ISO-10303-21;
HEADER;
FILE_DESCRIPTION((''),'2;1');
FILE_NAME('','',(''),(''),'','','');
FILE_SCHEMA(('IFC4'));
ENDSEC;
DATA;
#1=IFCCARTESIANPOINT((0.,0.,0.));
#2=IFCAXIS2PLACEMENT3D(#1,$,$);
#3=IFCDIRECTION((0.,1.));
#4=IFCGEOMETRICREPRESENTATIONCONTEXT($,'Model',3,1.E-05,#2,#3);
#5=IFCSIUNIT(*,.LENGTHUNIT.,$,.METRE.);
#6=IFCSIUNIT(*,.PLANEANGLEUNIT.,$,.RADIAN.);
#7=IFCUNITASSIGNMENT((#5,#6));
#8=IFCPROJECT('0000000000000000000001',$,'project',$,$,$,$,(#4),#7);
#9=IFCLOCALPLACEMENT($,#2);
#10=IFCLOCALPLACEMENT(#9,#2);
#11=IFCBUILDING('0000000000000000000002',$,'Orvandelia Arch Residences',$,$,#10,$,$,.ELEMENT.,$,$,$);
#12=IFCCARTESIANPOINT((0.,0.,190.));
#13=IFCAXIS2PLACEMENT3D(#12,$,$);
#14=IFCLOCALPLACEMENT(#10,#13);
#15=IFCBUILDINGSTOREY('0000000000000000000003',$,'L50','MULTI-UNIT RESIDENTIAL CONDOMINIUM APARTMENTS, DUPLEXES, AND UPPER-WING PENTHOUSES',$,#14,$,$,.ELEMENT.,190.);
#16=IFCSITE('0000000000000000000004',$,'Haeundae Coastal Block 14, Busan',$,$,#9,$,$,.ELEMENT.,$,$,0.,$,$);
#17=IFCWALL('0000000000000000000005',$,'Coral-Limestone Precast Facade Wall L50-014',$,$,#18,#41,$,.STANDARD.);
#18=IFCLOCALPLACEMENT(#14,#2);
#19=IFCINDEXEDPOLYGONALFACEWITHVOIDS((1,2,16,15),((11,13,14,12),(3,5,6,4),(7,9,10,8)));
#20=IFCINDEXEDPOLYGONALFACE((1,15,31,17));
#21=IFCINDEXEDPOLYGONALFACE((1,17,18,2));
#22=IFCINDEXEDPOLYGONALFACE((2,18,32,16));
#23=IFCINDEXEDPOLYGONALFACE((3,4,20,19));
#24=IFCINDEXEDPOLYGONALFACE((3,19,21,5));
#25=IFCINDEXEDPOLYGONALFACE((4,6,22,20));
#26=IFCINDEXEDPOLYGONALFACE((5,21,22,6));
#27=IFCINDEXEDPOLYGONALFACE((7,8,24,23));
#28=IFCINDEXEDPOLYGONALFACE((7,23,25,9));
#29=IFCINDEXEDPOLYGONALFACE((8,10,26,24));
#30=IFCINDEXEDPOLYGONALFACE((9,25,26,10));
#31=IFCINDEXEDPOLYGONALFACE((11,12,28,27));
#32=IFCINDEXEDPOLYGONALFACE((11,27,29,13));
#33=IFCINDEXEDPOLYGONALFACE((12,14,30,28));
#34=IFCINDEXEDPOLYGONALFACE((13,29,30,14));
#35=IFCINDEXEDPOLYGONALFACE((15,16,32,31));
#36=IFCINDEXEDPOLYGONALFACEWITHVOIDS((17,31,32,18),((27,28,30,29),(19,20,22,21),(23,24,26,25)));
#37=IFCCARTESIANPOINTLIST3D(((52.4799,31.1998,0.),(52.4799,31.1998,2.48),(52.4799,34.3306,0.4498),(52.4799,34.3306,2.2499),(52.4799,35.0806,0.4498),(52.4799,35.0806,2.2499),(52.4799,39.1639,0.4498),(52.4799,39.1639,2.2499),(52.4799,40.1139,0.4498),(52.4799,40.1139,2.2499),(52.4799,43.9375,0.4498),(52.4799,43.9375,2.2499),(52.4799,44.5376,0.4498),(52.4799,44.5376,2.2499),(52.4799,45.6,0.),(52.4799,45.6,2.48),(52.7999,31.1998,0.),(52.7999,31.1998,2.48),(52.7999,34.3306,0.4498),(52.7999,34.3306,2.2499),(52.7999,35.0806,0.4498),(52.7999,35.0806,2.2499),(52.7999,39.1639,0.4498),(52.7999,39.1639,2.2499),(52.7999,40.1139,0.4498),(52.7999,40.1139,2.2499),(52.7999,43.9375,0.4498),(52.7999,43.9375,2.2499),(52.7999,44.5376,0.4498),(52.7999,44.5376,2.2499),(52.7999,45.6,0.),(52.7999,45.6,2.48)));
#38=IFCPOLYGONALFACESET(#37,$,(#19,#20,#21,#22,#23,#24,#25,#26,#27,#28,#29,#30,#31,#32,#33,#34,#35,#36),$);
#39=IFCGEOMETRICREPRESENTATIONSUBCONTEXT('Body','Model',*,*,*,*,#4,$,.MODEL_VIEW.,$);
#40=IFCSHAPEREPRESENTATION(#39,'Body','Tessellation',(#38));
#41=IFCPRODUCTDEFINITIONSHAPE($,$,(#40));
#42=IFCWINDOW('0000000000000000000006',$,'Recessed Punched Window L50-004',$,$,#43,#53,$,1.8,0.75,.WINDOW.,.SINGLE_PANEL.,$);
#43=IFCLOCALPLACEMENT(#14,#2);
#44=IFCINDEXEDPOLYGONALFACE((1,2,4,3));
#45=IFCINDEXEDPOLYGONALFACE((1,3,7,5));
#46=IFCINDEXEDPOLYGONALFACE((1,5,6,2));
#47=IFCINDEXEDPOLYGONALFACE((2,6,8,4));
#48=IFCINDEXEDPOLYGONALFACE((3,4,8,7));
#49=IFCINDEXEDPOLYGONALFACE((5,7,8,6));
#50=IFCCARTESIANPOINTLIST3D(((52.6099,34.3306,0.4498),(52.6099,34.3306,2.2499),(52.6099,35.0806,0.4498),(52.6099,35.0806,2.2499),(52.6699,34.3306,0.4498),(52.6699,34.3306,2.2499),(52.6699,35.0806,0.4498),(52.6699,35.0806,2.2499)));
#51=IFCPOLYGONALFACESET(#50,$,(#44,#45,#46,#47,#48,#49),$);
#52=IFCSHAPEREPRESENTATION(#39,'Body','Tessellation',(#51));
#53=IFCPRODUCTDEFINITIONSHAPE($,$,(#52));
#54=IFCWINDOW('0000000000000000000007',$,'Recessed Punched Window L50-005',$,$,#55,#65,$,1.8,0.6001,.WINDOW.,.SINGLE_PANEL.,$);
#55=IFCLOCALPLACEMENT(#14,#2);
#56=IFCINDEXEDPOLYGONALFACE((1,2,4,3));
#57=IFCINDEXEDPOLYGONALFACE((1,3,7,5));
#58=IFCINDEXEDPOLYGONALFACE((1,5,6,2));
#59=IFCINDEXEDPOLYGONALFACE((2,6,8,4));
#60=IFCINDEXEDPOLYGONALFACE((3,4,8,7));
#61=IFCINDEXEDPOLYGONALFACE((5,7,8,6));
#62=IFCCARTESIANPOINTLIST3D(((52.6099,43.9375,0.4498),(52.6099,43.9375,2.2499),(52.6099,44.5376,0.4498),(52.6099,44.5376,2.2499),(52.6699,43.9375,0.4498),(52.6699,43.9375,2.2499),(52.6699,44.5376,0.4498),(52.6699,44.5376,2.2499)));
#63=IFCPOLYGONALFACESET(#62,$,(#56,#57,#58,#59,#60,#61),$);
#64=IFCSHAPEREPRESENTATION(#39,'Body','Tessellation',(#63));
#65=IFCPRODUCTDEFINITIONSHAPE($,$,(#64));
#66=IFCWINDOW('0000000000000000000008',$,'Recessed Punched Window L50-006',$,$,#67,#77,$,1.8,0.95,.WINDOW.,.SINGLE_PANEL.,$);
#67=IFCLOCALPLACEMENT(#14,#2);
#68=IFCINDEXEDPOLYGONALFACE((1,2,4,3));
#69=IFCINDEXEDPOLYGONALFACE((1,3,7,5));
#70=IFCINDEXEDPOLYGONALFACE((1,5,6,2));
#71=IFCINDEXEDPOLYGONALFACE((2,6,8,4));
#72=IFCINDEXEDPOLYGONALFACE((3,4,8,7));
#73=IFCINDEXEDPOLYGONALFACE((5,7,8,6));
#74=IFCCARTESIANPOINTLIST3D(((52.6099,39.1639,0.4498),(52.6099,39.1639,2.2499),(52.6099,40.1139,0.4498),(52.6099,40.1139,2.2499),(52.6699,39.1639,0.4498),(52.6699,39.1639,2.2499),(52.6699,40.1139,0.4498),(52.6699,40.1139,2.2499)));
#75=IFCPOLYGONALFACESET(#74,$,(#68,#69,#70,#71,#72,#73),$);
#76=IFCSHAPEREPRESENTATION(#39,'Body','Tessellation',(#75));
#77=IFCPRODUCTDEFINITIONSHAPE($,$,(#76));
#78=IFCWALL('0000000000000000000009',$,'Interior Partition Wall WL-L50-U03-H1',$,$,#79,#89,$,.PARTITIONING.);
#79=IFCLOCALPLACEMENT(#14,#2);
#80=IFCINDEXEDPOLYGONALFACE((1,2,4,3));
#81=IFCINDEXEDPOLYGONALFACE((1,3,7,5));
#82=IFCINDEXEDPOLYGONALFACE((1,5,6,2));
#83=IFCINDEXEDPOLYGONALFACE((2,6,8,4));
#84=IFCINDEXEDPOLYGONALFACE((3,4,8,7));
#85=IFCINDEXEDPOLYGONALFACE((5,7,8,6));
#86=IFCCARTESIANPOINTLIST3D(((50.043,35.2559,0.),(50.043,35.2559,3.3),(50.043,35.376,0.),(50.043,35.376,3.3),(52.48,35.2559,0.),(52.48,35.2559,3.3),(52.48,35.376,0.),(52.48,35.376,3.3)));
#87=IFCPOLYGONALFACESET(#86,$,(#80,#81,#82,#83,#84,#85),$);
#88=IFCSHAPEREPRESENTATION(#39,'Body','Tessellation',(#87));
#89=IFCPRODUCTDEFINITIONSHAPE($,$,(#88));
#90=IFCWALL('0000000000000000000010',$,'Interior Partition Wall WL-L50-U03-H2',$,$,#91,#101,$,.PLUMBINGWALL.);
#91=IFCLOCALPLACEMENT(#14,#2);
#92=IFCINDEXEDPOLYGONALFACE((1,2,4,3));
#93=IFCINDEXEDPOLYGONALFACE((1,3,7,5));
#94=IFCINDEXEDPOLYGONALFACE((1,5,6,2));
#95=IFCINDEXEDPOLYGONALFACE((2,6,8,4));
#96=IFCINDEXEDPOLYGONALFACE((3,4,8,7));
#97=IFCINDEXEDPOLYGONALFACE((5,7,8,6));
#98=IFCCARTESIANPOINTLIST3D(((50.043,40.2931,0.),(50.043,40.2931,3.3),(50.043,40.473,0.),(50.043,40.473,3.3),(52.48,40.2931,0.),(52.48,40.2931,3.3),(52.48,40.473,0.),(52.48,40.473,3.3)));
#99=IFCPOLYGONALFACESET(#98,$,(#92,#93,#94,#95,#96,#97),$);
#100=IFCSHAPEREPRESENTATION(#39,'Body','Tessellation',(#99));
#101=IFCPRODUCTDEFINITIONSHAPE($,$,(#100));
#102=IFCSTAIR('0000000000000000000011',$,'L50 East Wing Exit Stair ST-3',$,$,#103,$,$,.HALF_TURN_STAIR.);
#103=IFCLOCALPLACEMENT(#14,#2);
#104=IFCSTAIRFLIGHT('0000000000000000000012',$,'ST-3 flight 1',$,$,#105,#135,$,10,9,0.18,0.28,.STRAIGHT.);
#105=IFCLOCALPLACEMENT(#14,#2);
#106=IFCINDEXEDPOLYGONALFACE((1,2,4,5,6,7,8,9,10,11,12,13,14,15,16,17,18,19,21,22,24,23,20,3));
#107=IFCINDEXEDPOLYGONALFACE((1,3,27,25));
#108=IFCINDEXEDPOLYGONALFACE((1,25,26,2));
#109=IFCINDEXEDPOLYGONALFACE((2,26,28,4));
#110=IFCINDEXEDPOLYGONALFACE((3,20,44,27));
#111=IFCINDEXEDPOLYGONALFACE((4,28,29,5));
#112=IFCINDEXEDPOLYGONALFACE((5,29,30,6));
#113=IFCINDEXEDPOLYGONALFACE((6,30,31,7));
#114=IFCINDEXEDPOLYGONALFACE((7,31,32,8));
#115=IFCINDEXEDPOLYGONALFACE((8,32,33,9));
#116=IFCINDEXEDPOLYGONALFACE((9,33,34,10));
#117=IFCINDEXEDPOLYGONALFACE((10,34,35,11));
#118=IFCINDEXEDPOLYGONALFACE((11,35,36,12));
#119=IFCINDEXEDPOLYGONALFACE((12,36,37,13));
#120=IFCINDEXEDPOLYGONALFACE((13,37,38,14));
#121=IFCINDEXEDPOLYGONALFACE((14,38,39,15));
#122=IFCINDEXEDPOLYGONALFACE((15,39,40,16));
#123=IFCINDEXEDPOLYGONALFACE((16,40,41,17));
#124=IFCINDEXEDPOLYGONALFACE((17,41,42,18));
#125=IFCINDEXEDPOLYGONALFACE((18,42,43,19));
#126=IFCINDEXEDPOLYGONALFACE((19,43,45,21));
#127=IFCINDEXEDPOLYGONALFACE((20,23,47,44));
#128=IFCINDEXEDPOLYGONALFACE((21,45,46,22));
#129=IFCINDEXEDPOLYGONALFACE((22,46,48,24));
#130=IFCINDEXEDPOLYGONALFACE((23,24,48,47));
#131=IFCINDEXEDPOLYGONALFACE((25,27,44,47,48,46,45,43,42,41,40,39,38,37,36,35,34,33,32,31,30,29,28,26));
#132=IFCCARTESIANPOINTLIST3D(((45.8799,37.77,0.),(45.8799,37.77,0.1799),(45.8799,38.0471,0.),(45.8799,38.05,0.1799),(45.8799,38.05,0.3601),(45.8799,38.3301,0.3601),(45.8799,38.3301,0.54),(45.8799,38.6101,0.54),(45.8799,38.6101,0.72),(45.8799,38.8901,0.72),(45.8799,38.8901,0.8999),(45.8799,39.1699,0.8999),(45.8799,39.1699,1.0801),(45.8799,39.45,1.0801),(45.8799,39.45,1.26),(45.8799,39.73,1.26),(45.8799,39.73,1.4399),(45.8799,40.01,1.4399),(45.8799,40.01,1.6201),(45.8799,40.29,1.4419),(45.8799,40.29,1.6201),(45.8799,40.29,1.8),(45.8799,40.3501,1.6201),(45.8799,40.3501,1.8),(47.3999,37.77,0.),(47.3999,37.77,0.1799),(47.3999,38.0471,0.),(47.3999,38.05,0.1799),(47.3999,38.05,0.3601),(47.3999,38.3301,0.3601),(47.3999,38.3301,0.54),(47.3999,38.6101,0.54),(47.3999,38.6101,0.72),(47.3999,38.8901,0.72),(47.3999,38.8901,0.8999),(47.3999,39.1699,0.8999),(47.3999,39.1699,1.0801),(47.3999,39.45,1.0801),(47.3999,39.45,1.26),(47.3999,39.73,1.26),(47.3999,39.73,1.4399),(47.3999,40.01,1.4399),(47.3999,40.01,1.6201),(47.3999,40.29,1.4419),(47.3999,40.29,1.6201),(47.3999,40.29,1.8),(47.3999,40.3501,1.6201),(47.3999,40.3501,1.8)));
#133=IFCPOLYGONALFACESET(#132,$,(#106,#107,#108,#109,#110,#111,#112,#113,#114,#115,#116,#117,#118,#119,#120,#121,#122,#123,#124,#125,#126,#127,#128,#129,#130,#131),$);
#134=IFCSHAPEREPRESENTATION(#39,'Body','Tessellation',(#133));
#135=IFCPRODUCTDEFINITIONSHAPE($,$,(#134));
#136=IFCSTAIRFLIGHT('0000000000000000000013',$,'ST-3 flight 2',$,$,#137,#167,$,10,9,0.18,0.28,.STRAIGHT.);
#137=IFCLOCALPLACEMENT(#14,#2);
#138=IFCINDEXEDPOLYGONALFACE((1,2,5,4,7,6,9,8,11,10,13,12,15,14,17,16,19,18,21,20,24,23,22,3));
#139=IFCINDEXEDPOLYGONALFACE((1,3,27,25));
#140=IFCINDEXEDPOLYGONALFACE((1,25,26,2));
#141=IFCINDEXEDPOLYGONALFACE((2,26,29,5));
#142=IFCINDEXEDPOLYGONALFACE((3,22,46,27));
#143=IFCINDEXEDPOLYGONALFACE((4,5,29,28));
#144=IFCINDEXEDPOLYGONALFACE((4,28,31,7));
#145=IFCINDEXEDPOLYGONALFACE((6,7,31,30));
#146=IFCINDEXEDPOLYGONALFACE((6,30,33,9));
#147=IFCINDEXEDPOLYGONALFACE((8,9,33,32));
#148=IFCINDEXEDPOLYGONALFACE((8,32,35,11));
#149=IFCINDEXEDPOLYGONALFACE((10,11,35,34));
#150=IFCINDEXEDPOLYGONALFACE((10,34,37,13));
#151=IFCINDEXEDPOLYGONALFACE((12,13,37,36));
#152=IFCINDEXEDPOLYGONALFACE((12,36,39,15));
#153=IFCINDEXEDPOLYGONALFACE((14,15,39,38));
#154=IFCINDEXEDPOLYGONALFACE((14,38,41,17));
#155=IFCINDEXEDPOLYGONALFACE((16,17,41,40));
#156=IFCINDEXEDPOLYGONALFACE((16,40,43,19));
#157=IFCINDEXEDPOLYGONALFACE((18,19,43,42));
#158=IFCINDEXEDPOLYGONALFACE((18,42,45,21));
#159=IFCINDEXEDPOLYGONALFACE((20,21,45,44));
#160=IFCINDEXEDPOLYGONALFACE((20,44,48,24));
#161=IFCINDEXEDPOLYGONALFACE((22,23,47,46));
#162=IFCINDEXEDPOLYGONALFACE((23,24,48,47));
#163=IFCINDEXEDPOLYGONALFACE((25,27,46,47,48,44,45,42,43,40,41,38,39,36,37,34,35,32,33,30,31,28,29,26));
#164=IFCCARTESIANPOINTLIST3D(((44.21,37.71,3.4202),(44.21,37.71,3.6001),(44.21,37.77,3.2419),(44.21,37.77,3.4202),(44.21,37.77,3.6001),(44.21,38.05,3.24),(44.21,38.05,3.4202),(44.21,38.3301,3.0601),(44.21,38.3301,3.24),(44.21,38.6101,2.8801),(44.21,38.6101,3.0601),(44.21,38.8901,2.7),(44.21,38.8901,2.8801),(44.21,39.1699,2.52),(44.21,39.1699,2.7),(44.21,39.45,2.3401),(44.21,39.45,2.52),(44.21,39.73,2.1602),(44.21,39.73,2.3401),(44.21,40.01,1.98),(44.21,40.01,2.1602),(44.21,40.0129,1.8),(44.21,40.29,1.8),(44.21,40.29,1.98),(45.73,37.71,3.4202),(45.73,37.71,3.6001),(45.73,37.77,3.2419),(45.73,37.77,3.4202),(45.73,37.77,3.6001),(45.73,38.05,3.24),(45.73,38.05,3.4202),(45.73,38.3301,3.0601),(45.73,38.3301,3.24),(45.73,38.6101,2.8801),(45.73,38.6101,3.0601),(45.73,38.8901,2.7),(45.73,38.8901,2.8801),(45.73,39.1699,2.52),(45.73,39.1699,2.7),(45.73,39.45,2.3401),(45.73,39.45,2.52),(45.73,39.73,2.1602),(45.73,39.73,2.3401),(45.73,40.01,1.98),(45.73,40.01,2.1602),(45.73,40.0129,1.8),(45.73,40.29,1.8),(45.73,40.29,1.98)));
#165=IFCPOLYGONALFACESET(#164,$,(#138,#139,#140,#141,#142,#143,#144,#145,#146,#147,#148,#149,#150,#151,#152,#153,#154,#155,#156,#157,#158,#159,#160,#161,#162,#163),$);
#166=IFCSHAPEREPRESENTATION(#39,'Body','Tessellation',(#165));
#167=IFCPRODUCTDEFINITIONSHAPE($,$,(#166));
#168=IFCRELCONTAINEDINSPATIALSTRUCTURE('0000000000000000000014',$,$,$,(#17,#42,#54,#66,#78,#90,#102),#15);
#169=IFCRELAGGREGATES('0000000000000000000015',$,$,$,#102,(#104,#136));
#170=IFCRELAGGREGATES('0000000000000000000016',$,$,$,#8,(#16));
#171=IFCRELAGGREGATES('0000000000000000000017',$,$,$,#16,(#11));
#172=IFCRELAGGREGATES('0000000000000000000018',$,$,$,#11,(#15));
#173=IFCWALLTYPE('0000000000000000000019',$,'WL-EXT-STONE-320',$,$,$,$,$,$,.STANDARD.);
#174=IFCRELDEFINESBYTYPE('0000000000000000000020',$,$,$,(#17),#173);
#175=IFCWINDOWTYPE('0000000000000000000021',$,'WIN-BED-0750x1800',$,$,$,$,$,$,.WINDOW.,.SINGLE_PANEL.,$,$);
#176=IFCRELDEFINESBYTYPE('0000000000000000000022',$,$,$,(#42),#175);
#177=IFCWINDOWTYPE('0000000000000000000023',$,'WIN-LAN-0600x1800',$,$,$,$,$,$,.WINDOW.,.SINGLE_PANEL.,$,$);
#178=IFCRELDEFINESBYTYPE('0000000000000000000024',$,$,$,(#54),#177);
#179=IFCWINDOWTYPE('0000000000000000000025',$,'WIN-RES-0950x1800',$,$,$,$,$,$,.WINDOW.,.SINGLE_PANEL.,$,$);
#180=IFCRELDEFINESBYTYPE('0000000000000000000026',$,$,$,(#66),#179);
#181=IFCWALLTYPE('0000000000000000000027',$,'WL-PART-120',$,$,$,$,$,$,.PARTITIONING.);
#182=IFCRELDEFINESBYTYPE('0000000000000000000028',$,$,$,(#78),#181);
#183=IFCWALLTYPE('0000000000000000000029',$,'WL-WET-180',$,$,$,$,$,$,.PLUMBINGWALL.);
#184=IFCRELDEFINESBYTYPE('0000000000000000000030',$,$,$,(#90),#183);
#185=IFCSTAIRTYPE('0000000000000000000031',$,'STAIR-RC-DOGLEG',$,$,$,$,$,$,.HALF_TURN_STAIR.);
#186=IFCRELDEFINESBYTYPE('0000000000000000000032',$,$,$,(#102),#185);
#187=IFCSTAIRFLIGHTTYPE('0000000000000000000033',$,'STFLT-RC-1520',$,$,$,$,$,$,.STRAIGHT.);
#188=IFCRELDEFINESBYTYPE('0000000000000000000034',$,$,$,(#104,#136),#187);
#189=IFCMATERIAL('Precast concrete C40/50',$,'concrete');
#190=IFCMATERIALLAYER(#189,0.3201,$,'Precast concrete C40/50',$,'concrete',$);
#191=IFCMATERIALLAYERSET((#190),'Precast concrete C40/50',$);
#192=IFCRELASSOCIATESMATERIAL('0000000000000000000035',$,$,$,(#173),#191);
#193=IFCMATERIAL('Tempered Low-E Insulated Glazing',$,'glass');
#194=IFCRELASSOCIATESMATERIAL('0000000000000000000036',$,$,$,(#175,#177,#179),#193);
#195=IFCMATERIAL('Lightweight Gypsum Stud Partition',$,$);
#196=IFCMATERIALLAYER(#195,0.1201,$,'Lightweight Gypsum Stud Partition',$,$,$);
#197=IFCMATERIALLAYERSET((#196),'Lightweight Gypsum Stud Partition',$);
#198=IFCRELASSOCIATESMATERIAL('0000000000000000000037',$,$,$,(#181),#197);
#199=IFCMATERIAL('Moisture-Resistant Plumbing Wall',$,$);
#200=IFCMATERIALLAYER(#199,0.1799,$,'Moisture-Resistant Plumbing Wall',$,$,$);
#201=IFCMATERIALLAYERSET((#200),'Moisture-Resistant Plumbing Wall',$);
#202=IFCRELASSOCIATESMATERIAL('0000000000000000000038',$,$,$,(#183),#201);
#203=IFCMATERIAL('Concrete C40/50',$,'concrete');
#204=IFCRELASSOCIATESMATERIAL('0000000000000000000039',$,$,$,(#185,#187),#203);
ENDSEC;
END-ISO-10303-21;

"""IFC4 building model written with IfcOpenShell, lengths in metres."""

from ifc_helpers import new_model, si_unit, direction, frame, frame_2d, origin, place, context, subcontext, project, spatial, polyline, rectangle, outline, extrude, material, layer, layer_set, type_object, element, fill, aggregate, save


model = new_model("IFC4")

# Units and contexts
model_context = context("Model", 3, precision=1e-05, world=origin(), true_north=direction((0.0, 1.0)))
body_context = subcontext(model_context, "Body", "Model", "MODEL_VIEW")
ifc_project = project(units=[si_unit("LENGTHUNIT", "METRE"), si_unit("PLANEANGLEUNIT", "RADIAN")], contexts=[model_context])

# Site, building, storey
site_placement = place(None, origin())
site = spatial("IfcSite", under=ifc_project, at=site_placement, Name="Haeundae Coastal Block 14, Busan", CompositionType="ELEMENT", RefElevation=0.0)
building_placement = place(site_placement, origin())
building = spatial("IfcBuilding", under=site, at=building_placement, Name="Orvandelia Arch Residences", CompositionType="ELEMENT")
storey_placement = place(building_placement, frame((0.0, 0.0, 190.0)))
storey = spatial("IfcBuildingStorey", under=building, at=storey_placement, Name="L50", Description="MULTI-UNIT RESIDENTIAL CONDOMINIUM APARTMENTS, DUPLEXES, AND UPPER-WING PENTHOUSES", CompositionType="ELEMENT", Elevation=190.0)

# Shared definitions
ifc_material_1 = material(Name="Precast concrete C40/50", Category="concrete")
ifc_layer_1 = layer(ifc_material_1, 0.3201, Name="Precast concrete C40/50", Category="concrete")
ifc_layer_set_1 = layer_set([ifc_layer_1], Name="Precast concrete C40/50")
wall_type_1 = type_object("IfcWallType", Name="WL-EXT-STONE-320", PredefinedType="STANDARD", material=ifc_layer_set_1)

# Wall, openings, windows
wall_1_placement = place(storey_placement, frame((52.6399, 45.6001, 0.0), z_axis=(0.0, 0.0, 1.0), x_axis=(0.0, -1.0, 0.0)))
wall_1 = element("IfcWall", 1, at=wall_1_placement, inside=storey, type_object=wall_type_1, Name="Coral-Limestone Precast Facade Wall L50-014", PredefinedType="STANDARD", context=body_context, shape_type="SweptSolid", body=[
    extrude(rectangle(XDim=14.4001, YDim=0.3201, at=frame_2d((7.2002, 0.0))), origin(), (0.0, 0.0, 1.0), 2.48),
])
opening_1_placement = place(wall_1_placement, frame((10.5195, 0.0, 0.45)))
opening_1 = element("IfcOpeningElement", 2, at=opening_1_placement, cuts=wall_1, PredefinedType="OPENING", context=body_context, shape_type="SweptSolid", body=[
    extrude(rectangle(XDim=0.75, YDim=1.8, at=frame_2d((0.375, 0.8999))), frame((0.0, 0.1699, 0.0), z_axis=(0.0, -1.0, 0.0), x_axis=(1.0, 0.0, 0.0)), (0.0, 0.0, 1.0), 0.3401),
])
opening_2_placement = place(wall_1_placement, frame((1.0625, 0.0, 0.45)))
opening_2 = element("IfcOpeningElement", 3, at=opening_2_placement, cuts=wall_1, PredefinedType="OPENING", context=body_context, shape_type="SweptSolid", body=[
    extrude(rectangle(XDim=0.6001, YDim=1.8, at=frame_2d((0.3, 0.8999))), frame((0.0, 0.1699, 0.0), z_axis=(0.0, -1.0, 0.0), x_axis=(1.0, 0.0, 0.0)), (0.0, 0.0, 1.0), 0.3401),
])
opening_3_placement = place(wall_1_placement, frame((5.4861, 0.0, 0.45)))
opening_3 = element("IfcOpeningElement", 4, at=opening_3_placement, cuts=wall_1, PredefinedType="OPENING", context=body_context, shape_type="SweptSolid", body=[
    extrude(rectangle(XDim=0.95, YDim=1.8, at=frame_2d((0.4751, 0.8999))), frame((0.0, 0.1699, 0.0), z_axis=(0.0, -1.0, 0.0), x_axis=(1.0, 0.0, 0.0)), (0.0, 0.0, 1.0), 0.3401),
])
ifc_material_2 = material(Name="Tempered Low-E Insulated Glazing", Category="glass")
window_type_1 = type_object("IfcWindowType", Name="WIN-BED-0750x1800", PartitioningType="SINGLE_PANEL", PredefinedType="WINDOW", material=ifc_material_2)
window_1_placement = place(opening_1_placement, origin())
window_1 = element("IfcWindow", 5, at=window_1_placement, inside=storey, type_object=window_type_1, Name="Recessed Punched Window L50-004", OverallHeight=1.8, OverallWidth=0.75, PartitioningType="SINGLE_PANEL", PredefinedType="WINDOW", context=body_context, shape_type="SweptSolid", body=[
    extrude(rectangle(XDim=0.75, YDim=1.8, at=frame_2d((0.375, 0.8999))), frame((0.0, 0.03, 0.0), z_axis=(0.0, -1.0, 0.0), x_axis=(1.0, 0.0, 0.0)), (0.0, 0.0, 1.0), 0.0601),
])
fill(opening_1, window_1)
window_type_2 = type_object("IfcWindowType", Name="WIN-LAN-0600x1800", PartitioningType="SINGLE_PANEL", PredefinedType="WINDOW", material=ifc_material_2)
window_2_placement = place(opening_2_placement, origin())
window_2 = element("IfcWindow", 6, at=window_2_placement, inside=storey, type_object=window_type_2, Name="Recessed Punched Window L50-005", OverallHeight=1.8, OverallWidth=0.6001, PartitioningType="SINGLE_PANEL", PredefinedType="WINDOW", context=body_context, shape_type="SweptSolid", body=[
    extrude(rectangle(XDim=0.6001, YDim=1.8, at=frame_2d((0.3, 0.8999))), frame((0.0, 0.03, 0.0), z_axis=(0.0, -1.0, 0.0), x_axis=(1.0, 0.0, 0.0)), (0.0, 0.0, 1.0), 0.0601),
])
fill(opening_2, window_2)
window_type_3 = type_object("IfcWindowType", Name="WIN-RES-0950x1800", PartitioningType="SINGLE_PANEL", PredefinedType="WINDOW", material=ifc_material_2)
window_3_placement = place(opening_3_placement, origin())
window_3 = element("IfcWindow", 7, at=window_3_placement, inside=storey, type_object=window_type_3, Name="Recessed Punched Window L50-006", OverallHeight=1.8, OverallWidth=0.95, PartitioningType="SINGLE_PANEL", PredefinedType="WINDOW", context=body_context, shape_type="SweptSolid", body=[
    extrude(rectangle(XDim=0.95, YDim=1.8, at=frame_2d((0.4751, 0.8999))), frame((0.0, 0.03, 0.0), z_axis=(0.0, -1.0, 0.0), x_axis=(1.0, 0.0, 0.0)), (0.0, 0.0, 1.0), 0.0601),
])
fill(opening_3, window_3)

# Walls
ifc_material_3 = material(Name="Lightweight Gypsum Stud Partition")
ifc_layer_2 = layer(ifc_material_3, 0.1201, Name="Lightweight Gypsum Stud Partition")
ifc_layer_set_2 = layer_set([ifc_layer_2], Name="Lightweight Gypsum Stud Partition")
wall_type_2 = type_object("IfcWallType", Name="WL-PART-120", PredefinedType="PARTITIONING", material=ifc_layer_set_2)
wall_2_placement = place(storey_placement, frame((50.043, 35.3159, 0.0), z_axis=(0.0, 0.0, 1.0), x_axis=(1.0, 0.0, 0.0)))
element("IfcWall", 8, at=wall_2_placement, inside=storey, type_object=wall_type_2, Name="Interior Partition Wall WL-L50-U03-H1", PredefinedType="PARTITIONING", context=body_context, shape_type="SweptSolid", body=[
    extrude(rectangle(XDim=2.437, YDim=0.1201, at=frame_2d((1.2185, 0.0))), origin(), (0.0, 0.0, 1.0), 3.3),
])
ifc_material_4 = material(Name="Moisture-Resistant Plumbing Wall")
ifc_layer_3 = layer(ifc_material_4, 0.1799, Name="Moisture-Resistant Plumbing Wall")
ifc_layer_set_3 = layer_set([ifc_layer_3], Name="Moisture-Resistant Plumbing Wall")
wall_type_3 = type_object("IfcWallType", Name="WL-WET-180", PredefinedType="PLUMBINGWALL", material=ifc_layer_set_3)
wall_3_placement = place(storey_placement, frame((50.043, 40.3831, 0.0), z_axis=(0.0, 0.0, 1.0), x_axis=(1.0, 0.0, 0.0)))
element("IfcWall", 9, at=wall_3_placement, inside=storey, type_object=wall_type_3, Name="Interior Partition Wall WL-L50-U03-H2", PredefinedType="PLUMBINGWALL", context=body_context, shape_type="SweptSolid", body=[
    extrude(rectangle(XDim=2.437, YDim=0.1799, at=frame_2d((1.2185, 0.0))), origin(), (0.0, 0.0, 1.0), 3.3),
])

# Stair, stair flights
ifc_material_5 = material(Name="Concrete C40/50", Category="concrete")
stair_type = type_object("IfcStairType", Name="STAIR-RC-DOGLEG", PredefinedType="HALF_TURN_STAIR", material=ifc_material_5)
stair_placement = place(storey_placement, origin())
stair = element("IfcStair", 10, at=stair_placement, inside=storey, type_object=stair_type, Name="L50 East Wing Exit Stair ST-3", PredefinedType="HALF_TURN_STAIR")
stair_flight_type = type_object("IfcStairFlightType", Name="STFLT-RC-1520", PredefinedType="STRAIGHT", material=ifc_material_5)
stair_flight_1_placement = place(storey_placement, frame((46.6399, 37.77, 0.0), z_axis=(0.0, 0.0, 1.0), x_axis=(0.0, 1.0, 0.0)))
stair_flight_1 = element("IfcStairFlight", 11, at=stair_flight_1_placement, type_object=stair_flight_type, Name="ST-3 flight 1", NumberOfRisers=10, NumberOfTreads=9, PredefinedType="STRAIGHT", RiserHeight=0.18, TreadLength=0.28, context=body_context, shape_type="SweptSolid", body=[
    extrude(outline(polyline([(0.0, 0.0), (0.0, 0.1799), (0.28, 0.1799), (0.28, 0.3601), (0.5601, 0.3601), (0.5601, 0.54), (0.8401, 0.54), (0.8401, 0.72), (1.1201, 0.72), (1.1201, 0.8999), (1.3999, 0.8999), (1.3999, 1.0801), (1.6799, 1.0801), (1.6799, 1.26), (1.96, 1.26), (1.96, 1.4399), (2.24, 1.4399), (2.24, 1.6201), (2.52, 1.6201), (2.52, 1.8), (2.5801, 1.8), (2.5801, 1.6201), (2.52, 1.4419), (0.2771, 0.0), (0.0, 0.0)])), frame((0.0, 0.76, 0.0), z_axis=(0.0, -1.0, 0.0), x_axis=(1.0, 0.0, 0.0)), (0.0, 0.0, 1.0), 1.52),
])
stair_flight_2_placement = place(storey_placement, frame((44.97, 40.29, 1.8), z_axis=(0.0, 0.0, 1.0), x_axis=(0.0, -1.0, 0.0)))
stair_flight_2 = element("IfcStairFlight", 12, at=stair_flight_2_placement, type_object=stair_flight_type, Name="ST-3 flight 2", NumberOfRisers=10, NumberOfTreads=9, PredefinedType="STRAIGHT", RiserHeight=0.18, TreadLength=0.28, context=body_context, shape_type="SweptSolid", body=[
    extrude(outline(polyline([(0.0, 0.0), (0.0, 0.1799), (0.28, 0.1799), (0.28, 0.3601), (0.5601, 0.3601), (0.5601, 0.54), (0.8401, 0.54), (0.8401, 0.72), (1.1201, 0.72), (1.1201, 0.8999), (1.3999, 0.8999), (1.3999, 1.0801), (1.6799, 1.0801), (1.6799, 1.26), (1.96, 1.26), (1.96, 1.4399), (2.24, 1.4399), (2.24, 1.6201), (2.52, 1.6201), (2.52, 1.8), (2.5801, 1.8), (2.5801, 1.6201), (2.52, 1.4419), (0.2771, 0.0), (0.0, 0.0)])), frame((0.0, 0.76, 0.0), z_axis=(0.0, -1.0, 0.0), x_axis=(1.0, 0.0, 0.0)), (0.0, 0.0, 1.0), 1.52),
])
aggregate(stair, [stair_flight_1, stair_flight_2])

save(model, "model.ifc")
